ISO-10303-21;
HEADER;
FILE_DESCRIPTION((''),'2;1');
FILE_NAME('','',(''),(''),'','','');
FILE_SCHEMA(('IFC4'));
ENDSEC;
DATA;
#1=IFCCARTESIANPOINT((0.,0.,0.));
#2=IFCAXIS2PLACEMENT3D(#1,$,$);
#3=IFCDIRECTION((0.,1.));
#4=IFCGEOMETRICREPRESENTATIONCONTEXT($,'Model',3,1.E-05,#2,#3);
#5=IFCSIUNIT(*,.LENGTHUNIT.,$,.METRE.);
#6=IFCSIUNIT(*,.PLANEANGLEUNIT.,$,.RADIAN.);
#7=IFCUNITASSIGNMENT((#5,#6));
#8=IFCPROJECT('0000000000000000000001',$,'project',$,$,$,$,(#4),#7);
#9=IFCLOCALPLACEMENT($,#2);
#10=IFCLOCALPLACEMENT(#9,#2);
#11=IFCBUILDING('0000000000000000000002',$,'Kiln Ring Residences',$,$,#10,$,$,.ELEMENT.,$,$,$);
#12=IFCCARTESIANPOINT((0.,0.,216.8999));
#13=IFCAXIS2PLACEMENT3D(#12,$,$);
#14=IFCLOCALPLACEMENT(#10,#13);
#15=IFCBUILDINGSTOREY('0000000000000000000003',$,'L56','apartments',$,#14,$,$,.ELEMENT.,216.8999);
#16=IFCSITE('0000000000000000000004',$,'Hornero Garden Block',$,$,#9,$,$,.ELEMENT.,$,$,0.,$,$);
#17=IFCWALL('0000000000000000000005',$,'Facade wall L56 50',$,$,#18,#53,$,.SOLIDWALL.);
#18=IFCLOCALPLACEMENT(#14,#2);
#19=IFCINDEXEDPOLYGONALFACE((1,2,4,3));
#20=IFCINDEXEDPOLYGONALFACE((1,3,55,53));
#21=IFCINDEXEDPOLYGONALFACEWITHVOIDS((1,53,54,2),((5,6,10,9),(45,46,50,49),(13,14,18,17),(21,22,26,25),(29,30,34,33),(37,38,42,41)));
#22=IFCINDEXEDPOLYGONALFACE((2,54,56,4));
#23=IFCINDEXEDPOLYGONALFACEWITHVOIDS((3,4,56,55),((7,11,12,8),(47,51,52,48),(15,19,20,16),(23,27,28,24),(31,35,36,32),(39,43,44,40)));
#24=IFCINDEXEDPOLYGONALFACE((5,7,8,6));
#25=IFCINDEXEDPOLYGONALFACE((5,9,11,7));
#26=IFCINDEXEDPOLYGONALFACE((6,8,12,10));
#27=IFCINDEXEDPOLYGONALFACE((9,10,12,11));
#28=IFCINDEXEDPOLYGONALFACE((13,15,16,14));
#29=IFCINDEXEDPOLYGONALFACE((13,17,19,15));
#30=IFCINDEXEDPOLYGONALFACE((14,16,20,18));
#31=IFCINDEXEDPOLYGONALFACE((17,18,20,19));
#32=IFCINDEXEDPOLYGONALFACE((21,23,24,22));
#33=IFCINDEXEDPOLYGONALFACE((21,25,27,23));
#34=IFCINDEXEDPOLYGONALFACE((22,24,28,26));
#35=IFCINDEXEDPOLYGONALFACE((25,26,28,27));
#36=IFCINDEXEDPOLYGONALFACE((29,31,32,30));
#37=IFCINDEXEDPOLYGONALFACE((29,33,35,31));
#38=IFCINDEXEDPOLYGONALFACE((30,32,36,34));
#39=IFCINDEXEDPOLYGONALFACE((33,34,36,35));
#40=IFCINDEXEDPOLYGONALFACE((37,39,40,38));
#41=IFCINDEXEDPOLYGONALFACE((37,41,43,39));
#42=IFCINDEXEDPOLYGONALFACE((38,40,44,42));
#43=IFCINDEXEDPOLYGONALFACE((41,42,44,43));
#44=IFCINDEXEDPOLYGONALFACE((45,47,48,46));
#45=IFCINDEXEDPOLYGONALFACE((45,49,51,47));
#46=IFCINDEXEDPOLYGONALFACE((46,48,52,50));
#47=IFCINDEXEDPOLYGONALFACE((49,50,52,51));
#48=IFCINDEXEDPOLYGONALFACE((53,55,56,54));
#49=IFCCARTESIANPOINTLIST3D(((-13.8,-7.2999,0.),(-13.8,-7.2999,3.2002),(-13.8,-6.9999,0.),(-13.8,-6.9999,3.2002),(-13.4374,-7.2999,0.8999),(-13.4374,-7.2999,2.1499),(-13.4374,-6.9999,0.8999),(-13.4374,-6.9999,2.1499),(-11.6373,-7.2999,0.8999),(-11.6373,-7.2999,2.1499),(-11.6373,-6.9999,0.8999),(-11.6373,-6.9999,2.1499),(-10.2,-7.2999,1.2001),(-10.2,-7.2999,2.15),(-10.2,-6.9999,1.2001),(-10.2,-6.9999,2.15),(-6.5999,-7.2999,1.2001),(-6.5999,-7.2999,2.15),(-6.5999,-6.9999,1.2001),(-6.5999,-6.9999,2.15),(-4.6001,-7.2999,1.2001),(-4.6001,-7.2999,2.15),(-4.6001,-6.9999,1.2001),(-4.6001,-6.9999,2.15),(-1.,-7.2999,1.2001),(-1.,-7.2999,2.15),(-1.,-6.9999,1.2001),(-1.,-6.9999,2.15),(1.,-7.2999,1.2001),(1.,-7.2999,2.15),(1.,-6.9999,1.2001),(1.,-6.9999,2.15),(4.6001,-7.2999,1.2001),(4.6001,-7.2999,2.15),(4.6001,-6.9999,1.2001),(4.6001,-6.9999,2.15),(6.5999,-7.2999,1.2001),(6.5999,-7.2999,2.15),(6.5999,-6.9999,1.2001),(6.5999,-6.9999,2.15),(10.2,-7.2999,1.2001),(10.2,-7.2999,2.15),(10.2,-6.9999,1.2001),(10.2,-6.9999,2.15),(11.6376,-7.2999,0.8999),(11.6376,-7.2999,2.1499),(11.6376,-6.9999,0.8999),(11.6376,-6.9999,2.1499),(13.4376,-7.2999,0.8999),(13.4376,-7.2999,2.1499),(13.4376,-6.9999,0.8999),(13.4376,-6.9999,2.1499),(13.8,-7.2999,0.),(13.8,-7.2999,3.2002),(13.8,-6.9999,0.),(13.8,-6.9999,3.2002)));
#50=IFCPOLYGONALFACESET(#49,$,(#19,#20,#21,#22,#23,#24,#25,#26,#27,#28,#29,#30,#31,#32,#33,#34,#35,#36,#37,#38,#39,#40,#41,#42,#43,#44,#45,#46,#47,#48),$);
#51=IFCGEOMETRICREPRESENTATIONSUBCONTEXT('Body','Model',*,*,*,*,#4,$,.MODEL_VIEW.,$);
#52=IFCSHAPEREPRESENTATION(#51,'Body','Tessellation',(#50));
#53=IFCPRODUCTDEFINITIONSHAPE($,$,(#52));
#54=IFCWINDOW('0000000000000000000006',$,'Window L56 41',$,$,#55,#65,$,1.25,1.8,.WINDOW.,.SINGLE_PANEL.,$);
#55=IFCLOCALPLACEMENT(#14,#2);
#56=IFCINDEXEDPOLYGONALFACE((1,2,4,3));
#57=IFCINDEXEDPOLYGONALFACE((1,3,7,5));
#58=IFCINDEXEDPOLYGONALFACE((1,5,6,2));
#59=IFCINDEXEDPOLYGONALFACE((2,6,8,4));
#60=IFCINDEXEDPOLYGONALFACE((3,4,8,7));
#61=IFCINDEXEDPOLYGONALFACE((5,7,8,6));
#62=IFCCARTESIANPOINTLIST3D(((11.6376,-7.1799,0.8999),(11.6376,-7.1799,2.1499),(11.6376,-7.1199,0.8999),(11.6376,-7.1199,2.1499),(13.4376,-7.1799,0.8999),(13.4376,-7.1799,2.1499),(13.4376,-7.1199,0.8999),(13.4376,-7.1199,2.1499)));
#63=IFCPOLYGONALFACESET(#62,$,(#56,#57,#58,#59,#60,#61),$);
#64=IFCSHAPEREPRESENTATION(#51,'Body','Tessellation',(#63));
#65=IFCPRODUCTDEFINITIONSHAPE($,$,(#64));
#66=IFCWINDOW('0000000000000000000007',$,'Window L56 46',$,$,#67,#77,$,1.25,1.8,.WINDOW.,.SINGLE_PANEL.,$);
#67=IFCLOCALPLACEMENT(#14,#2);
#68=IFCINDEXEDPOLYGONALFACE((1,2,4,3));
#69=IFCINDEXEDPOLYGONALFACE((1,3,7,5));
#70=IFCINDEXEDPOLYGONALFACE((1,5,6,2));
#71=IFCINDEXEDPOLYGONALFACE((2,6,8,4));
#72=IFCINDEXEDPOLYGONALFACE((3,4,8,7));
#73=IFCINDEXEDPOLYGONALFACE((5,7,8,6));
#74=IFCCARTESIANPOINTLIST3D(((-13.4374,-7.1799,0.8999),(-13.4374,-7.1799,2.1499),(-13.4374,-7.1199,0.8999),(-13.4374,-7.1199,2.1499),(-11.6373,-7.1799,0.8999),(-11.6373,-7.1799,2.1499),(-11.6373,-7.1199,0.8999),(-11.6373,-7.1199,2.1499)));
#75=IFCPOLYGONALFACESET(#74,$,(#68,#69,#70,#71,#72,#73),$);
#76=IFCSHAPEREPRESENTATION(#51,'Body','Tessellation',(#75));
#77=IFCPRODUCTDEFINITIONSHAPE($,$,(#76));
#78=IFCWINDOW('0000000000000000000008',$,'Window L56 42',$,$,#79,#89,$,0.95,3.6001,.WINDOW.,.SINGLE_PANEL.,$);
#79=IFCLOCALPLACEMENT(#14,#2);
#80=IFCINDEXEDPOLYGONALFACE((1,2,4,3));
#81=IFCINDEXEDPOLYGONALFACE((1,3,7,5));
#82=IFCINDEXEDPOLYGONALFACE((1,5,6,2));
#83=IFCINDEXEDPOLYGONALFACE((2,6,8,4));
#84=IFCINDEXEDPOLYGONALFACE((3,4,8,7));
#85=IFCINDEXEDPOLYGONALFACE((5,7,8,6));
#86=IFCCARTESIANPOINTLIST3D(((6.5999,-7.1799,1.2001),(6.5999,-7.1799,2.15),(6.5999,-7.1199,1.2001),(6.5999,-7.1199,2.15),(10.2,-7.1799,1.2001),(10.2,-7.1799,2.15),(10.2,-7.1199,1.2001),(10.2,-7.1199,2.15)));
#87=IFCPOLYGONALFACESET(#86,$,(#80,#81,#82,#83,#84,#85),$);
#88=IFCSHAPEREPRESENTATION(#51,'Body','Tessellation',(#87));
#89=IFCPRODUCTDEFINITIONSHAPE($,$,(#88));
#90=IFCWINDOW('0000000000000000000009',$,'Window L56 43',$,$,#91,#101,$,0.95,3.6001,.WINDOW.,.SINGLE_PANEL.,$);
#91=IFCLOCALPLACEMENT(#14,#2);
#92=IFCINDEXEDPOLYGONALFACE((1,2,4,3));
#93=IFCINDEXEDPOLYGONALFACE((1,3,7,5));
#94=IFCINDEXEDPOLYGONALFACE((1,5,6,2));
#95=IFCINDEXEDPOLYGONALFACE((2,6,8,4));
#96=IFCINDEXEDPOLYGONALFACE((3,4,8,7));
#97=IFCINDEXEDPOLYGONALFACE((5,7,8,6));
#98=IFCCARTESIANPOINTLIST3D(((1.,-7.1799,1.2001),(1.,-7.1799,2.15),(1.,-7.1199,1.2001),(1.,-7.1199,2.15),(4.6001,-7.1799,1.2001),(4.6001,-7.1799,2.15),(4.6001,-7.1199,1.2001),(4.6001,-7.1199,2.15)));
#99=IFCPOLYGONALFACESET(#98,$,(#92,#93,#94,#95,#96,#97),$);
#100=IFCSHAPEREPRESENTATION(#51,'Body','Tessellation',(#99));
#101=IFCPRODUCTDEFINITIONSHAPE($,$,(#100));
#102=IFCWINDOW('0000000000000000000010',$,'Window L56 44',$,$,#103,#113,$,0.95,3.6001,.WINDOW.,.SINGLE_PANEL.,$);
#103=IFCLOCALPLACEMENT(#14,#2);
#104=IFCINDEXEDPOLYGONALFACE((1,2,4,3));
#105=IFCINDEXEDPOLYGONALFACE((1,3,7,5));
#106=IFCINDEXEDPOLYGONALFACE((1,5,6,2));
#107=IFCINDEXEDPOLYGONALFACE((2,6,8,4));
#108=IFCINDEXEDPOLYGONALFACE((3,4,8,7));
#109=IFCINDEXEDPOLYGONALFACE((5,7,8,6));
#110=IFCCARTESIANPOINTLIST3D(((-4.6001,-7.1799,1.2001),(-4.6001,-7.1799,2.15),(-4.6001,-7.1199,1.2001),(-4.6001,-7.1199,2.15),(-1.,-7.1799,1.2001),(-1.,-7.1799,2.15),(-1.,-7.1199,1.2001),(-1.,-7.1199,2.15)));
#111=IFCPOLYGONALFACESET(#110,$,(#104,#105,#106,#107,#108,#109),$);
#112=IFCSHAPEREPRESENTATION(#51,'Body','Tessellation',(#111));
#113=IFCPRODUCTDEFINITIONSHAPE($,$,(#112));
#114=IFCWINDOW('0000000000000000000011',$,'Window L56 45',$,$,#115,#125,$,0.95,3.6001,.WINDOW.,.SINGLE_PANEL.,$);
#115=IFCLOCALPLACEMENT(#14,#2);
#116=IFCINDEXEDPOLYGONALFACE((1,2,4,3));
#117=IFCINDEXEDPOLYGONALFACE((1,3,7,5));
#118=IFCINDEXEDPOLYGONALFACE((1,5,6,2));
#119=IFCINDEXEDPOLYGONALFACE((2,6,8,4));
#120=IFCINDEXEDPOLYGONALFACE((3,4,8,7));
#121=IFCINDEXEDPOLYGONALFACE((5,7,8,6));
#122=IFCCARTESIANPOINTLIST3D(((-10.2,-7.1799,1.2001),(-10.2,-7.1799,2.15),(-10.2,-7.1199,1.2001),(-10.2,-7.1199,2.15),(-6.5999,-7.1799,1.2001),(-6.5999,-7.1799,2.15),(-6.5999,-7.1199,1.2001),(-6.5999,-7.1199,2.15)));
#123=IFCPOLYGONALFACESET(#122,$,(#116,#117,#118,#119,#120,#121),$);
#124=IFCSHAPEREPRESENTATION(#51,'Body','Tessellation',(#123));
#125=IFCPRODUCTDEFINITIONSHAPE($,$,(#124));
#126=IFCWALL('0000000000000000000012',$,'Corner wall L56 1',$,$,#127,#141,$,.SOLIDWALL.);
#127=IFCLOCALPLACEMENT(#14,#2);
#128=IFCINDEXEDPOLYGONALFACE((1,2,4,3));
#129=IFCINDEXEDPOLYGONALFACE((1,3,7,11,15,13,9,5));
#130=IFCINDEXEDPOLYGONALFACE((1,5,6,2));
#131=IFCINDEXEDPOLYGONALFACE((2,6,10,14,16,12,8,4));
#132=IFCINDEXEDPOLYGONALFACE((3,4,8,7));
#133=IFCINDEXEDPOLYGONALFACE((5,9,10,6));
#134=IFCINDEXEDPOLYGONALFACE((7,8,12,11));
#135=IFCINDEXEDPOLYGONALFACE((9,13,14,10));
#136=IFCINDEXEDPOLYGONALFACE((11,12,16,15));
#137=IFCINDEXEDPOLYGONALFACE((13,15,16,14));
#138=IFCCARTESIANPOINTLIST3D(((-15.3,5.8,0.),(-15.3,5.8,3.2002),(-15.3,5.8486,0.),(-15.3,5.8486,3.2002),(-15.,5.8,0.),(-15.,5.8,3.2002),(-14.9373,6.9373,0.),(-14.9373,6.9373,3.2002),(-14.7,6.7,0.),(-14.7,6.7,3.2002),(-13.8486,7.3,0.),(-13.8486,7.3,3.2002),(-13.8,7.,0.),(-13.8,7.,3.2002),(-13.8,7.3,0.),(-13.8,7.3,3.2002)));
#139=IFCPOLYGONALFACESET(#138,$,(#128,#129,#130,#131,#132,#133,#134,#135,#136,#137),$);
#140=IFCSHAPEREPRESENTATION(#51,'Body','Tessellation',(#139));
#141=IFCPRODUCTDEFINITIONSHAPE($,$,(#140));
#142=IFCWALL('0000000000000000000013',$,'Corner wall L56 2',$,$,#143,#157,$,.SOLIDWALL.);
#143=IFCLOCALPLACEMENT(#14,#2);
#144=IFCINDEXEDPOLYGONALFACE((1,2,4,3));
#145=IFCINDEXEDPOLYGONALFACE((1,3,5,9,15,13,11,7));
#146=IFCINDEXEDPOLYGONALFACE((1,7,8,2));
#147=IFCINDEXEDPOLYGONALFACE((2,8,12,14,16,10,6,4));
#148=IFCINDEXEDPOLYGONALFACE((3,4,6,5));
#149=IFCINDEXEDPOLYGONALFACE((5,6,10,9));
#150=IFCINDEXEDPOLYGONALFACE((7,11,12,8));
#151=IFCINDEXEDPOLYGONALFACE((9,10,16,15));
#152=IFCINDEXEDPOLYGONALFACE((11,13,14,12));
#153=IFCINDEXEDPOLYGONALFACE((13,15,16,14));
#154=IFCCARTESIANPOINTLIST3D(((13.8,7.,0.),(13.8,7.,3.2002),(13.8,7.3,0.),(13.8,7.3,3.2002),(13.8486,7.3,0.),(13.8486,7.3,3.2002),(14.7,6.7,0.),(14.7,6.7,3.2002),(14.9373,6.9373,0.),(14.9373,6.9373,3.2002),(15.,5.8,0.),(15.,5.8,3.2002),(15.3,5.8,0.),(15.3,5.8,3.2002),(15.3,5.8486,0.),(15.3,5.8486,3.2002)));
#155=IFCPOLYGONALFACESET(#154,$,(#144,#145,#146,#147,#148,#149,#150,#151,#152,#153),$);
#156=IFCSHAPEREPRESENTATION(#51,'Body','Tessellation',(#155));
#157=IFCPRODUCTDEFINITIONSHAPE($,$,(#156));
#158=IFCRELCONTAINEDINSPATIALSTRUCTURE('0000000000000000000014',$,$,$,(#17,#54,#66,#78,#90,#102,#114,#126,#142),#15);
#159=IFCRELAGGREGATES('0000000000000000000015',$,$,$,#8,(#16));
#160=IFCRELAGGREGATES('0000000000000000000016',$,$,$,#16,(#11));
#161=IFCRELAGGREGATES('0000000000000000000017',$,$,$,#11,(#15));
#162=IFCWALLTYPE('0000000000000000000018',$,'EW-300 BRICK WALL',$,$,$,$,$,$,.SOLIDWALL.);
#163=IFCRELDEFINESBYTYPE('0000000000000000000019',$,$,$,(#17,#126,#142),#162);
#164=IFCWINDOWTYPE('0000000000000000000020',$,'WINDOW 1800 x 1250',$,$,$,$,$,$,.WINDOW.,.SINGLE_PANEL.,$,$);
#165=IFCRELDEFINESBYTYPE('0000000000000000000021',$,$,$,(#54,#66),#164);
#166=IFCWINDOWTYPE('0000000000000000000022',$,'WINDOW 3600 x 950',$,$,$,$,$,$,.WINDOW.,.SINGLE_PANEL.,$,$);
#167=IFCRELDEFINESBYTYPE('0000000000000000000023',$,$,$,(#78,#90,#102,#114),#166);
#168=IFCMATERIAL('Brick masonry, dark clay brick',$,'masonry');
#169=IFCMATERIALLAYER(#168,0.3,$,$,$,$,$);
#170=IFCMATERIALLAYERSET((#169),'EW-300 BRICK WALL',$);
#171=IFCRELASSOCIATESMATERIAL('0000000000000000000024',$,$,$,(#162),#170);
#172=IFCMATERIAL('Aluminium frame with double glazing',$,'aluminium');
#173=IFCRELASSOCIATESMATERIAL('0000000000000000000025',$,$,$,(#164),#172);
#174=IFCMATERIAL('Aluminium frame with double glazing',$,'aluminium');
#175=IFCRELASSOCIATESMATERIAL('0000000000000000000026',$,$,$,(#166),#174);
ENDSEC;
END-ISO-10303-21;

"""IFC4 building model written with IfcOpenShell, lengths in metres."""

from ifc_helpers import new_model, si_unit, direction, frame, frame_2d, origin, place, context, subcontext, project, spatial, polyline, rectangle, outline, extrude, material, layer, layer_set, type_object, element, fill, save


model = new_model("IFC4")

# Units and contexts
model_context = context("Model", 3, precision=1e-05, world=origin(), true_north=direction((0.0, 1.0)))
body_context = subcontext(model_context, "Body", "Model", "MODEL_VIEW")
ifc_project = project(units=[si_unit("LENGTHUNIT", "METRE"), si_unit("PLANEANGLEUNIT", "RADIAN")], contexts=[model_context])

# Site, building, storey
site_placement = place(None, origin())
site = spatial("IfcSite", under=ifc_project, at=site_placement, Name="Hornero Garden Block", CompositionType="ELEMENT", RefElevation=0.0)
building_placement = place(site_placement, origin())
building = spatial("IfcBuilding", under=site, at=building_placement, Name="Kiln Ring Residences", CompositionType="ELEMENT")
storey_placement = place(building_placement, frame((0.0, 0.0, 216.8999)))
storey = spatial("IfcBuildingStorey", under=building, at=storey_placement, Name="L56", Description="apartments", CompositionType="ELEMENT", Elevation=216.8999)

# Shared definitions
placement_1 = place(storey_placement, origin())

# Wall, openings, windows
ifc_material_1 = material(Name="Brick masonry, dark clay brick", Category="masonry")
ifc_layer_1 = layer(ifc_material_1, 0.3)
ifc_layer_set_1 = layer_set([ifc_layer_1], Name="EW-300 BRICK WALL")
wall_type_1 = type_object("IfcWallType", Name="EW-300 BRICK WALL", PredefinedType="SOLIDWALL", material=ifc_layer_set_1)
wall_1_placement = place(storey_placement, frame((13.8, -7.1499, 0.0), z_axis=(0.0, 0.0, 1.0), x_axis=(-1.0, 0.0, 0.0)))
wall_1 = element("IfcWall", 1, at=wall_1_placement, inside=storey, type_object=wall_type_1, Name="Facade wall L56 50", PredefinedType="SOLIDWALL", context=body_context, shape_type="SweptSolid", body=[
    extrude(rectangle(XDim=27.6001, YDim=0.3, at=frame_2d((13.8, 0.0))), origin(), (0.0, 0.0, 1.0), 3.2002),
])
opening_1_placement = place(wall_1_placement, frame((0.3625, 0.0, 0.8999)))
opening_1 = element("IfcOpeningElement", 2, at=opening_1_placement, cuts=wall_1, PredefinedType="OPENING", context=body_context, shape_type="SweptSolid", body=[
    extrude(rectangle(XDim=1.8, YDim=1.25, at=frame_2d((0.8999, 0.625))), frame((0.0, 0.1599, 0.0), z_axis=(0.0, -1.0, 0.0), x_axis=(1.0, 0.0, 0.0)), (0.0, 0.0, 1.0), 0.3201),
])
opening_2_placement = place(wall_1_placement, frame((3.6001, 0.0, 1.2)))
opening_2 = element("IfcOpeningElement", 3, at=opening_2_placement, cuts=wall_1, PredefinedType="OPENING", context=body_context, shape_type="SweptSolid", body=[
    extrude(rectangle(XDim=3.6001, YDim=0.95, at=frame_2d((1.8, 0.4751))), frame((0.0, 0.1599, 0.0), z_axis=(0.0, -1.0, 0.0), x_axis=(1.0, 0.0, 0.0)), (0.0, 0.0, 1.0), 0.3201),
])
opening_3_placement = place(wall_1_placement, frame((9.2, 0.0, 1.2)))
opening_3 = element("IfcOpeningElement", 4, at=opening_3_placement, cuts=wall_1, PredefinedType="OPENING", context=body_context, shape_type="SweptSolid", body=[
    extrude(rectangle(XDim=3.6001, YDim=0.95, at=frame_2d((1.8, 0.4751))), frame((0.0, 0.1599, 0.0), z_axis=(0.0, -1.0, 0.0), x_axis=(1.0, 0.0, 0.0)), (0.0, 0.0, 1.0), 0.3201),
])
opening_4_placement = place(wall_1_placement, frame((14.8, 0.0, 1.2)))
opening_4 = element("IfcOpeningElement", 5, at=opening_4_placement, cuts=wall_1, PredefinedType="OPENING", context=body_context, shape_type="SweptSolid", body=[
    extrude(rectangle(XDim=3.6001, YDim=0.95, at=frame_2d((1.8, 0.4751))), frame((0.0, 0.1599, 0.0), z_axis=(0.0, -1.0, 0.0), x_axis=(1.0, 0.0, 0.0)), (0.0, 0.0, 1.0), 0.3201),
])
opening_5_placement = place(wall_1_placement, frame((20.3999, 0.0, 1.2)))
opening_5 = element("IfcOpeningElement", 6, at=opening_5_placement, cuts=wall_1, PredefinedType="OPENING", context=body_context, shape_type="SweptSolid", body=[
    extrude(rectangle(XDim=3.6001, YDim=0.95, at=frame_2d((1.8, 0.4751))), frame((0.0, 0.1599, 0.0), z_axis=(0.0, -1.0, 0.0), x_axis=(1.0, 0.0, 0.0)), (0.0, 0.0, 1.0), 0.3201),
])
opening_6_placement = place(wall_1_placement, frame((25.4375, 0.0, 0.8999)))
opening_6 = element("IfcOpeningElement", 7, at=opening_6_placement, cuts=wall_1, PredefinedType="OPENING", context=body_context, shape_type="SweptSolid", body=[
    extrude(rectangle(XDim=1.8, YDim=1.25, at=frame_2d((0.8999, 0.625))), frame((0.0, 0.1599, 0.0), z_axis=(0.0, -1.0, 0.0), x_axis=(1.0, 0.0, 0.0)), (0.0, 0.0, 1.0), 0.3201),
])
ifc_material_2 = material(Name="Aluminium frame with double glazing", Category="aluminium")
window_type_1 = type_object("IfcWindowType", Name="WINDOW 1800 x 1250", PartitioningType="SINGLE_PANEL", PredefinedType="WINDOW", material=ifc_material_2)
window_1_placement = place(opening_1_placement, origin())
window_1 = element("IfcWindow", 8, at=window_1_placement, inside=storey, type_object=window_type_1, Name="Window L56 41", OverallHeight=1.25, OverallWidth=1.8, PartitioningType="SINGLE_PANEL", PredefinedType="WINDOW", context=body_context, shape_type="SweptSolid", body=[
    extrude(rectangle(XDim=1.8, YDim=1.25, at=frame_2d((0.8999, 0.625))), frame((0.0, 0.03, 0.0), z_axis=(0.0, -1.0, 0.0), x_axis=(1.0, 0.0, 0.0)), (0.0, 0.0, 1.0), 0.0601),
])
fill(opening_1, window_1)
window_2_placement = place(opening_6_placement, origin())
window_2 = element("IfcWindow", 9, at=window_2_placement, inside=storey, type_object=window_type_1, Name="Window L56 46", OverallHeight=1.25, OverallWidth=1.8, PartitioningType="SINGLE_PANEL", PredefinedType="WINDOW", context=body_context, shape_type="SweptSolid", body=[
    extrude(rectangle(XDim=1.8, YDim=1.25, at=frame_2d((0.8999, 0.625))), frame((0.0, 0.03, 0.0), z_axis=(0.0, -1.0, 0.0), x_axis=(1.0, 0.0, 0.0)), (0.0, 0.0, 1.0), 0.0601),
])
fill(opening_6, window_2)
ifc_material_3 = material(Name="Aluminium frame with double glazing", Category="aluminium")
window_type_2 = type_object("IfcWindowType", Name="WINDOW 3600 x 950", PartitioningType="SINGLE_PANEL", PredefinedType="WINDOW", material=ifc_material_3)
window_3_placement = place(opening_2_placement, origin())
window_3 = element("IfcWindow", 10, at=window_3_placement, inside=storey, type_object=window_type_2, Name="Window L56 42", OverallHeight=0.95, OverallWidth=3.6001, PartitioningType="SINGLE_PANEL", PredefinedType="WINDOW", context=body_context, shape_type="SweptSolid", body=[
    extrude(rectangle(XDim=3.6001, YDim=0.95, at=frame_2d((1.8, 0.4751))), frame((0.0, 0.03, 0.0), z_axis=(0.0, -1.0, 0.0), x_axis=(1.0, 0.0, 0.0)), (0.0, 0.0, 1.0), 0.0601),
])
fill(opening_2, window_3)
window_4_placement = place(opening_3_placement, origin())
window_4 = element("IfcWindow", 11, at=window_4_placement, inside=storey, type_object=window_type_2, Name="Window L56 43", OverallHeight=0.95, OverallWidth=3.6001, PartitioningType="SINGLE_PANEL", PredefinedType="WINDOW", context=body_context, shape_type="SweptSolid", body=[
    extrude(rectangle(XDim=3.6001, YDim=0.95, at=frame_2d((1.8, 0.4751))), frame((0.0, 0.03, 0.0), z_axis=(0.0, -1.0, 0.0), x_axis=(1.0, 0.0, 0.0)), (0.0, 0.0, 1.0), 0.0601),
])
fill(opening_3, window_4)
window_5_placement = place(opening_4_placement, origin())
window_5 = element("IfcWindow", 12, at=window_5_placement, inside=storey, type_object=window_type_2, Name="Window L56 44", OverallHeight=0.95, OverallWidth=3.6001, PartitioningType="SINGLE_PANEL", PredefinedType="WINDOW", context=body_context, shape_type="SweptSolid", body=[
    extrude(rectangle(XDim=3.6001, YDim=0.95, at=frame_2d((1.8, 0.4751))), frame((0.0, 0.03, 0.0), z_axis=(0.0, -1.0, 0.0), x_axis=(1.0, 0.0, 0.0)), (0.0, 0.0, 1.0), 0.0601),
])
fill(opening_4, window_5)
window_6_placement = place(opening_5_placement, origin())
window_6 = element("IfcWindow", 13, at=window_6_placement, inside=storey, type_object=window_type_2, Name="Window L56 45", OverallHeight=0.95, OverallWidth=3.6001, PartitioningType="SINGLE_PANEL", PredefinedType="WINDOW", context=body_context, shape_type="SweptSolid", body=[
    extrude(rectangle(XDim=3.6001, YDim=0.95, at=frame_2d((1.8, 0.4751))), frame((0.0, 0.03, 0.0), z_axis=(0.0, -1.0, 0.0), x_axis=(1.0, 0.0, 0.0)), (0.0, 0.0, 1.0), 0.0601),
])
fill(opening_5, window_6)

# Walls
element("IfcWall", 14, at=placement_1, inside=storey, type_object=wall_type_1, Name="Corner wall L56 1", PredefinedType="SOLIDWALL", context=body_context, shape_type="SweptSolid", body=[
    extrude(outline(polyline([(-13.8486, 7.3), (-14.9373, 6.9373), (-15.3, 5.8486), (-15.3, 5.8), (-15.0, 5.8), (-14.7, 6.7), (-13.8, 7.0), (-13.8, 7.3), (-13.8486, 7.3)])), origin(), (0.0, 0.0, 1.0), 3.2002),
])
element("IfcWall", 15, at=placement_1, inside=storey, type_object=wall_type_1, Name="Corner wall L56 2", PredefinedType="SOLIDWALL", context=body_context, shape_type="SweptSolid", body=[
    extrude(outline(polyline([(14.9373, 6.9373), (13.8486, 7.3), (13.8, 7.3), (13.8, 7.0), (14.7, 6.7), (15.0, 5.8), (15.3, 5.8), (15.3, 5.8486), (14.9373, 6.9373)])), origin(), (0.0, 0.0, 1.0), 3.2002),
])

save(model, "model.ifc")
